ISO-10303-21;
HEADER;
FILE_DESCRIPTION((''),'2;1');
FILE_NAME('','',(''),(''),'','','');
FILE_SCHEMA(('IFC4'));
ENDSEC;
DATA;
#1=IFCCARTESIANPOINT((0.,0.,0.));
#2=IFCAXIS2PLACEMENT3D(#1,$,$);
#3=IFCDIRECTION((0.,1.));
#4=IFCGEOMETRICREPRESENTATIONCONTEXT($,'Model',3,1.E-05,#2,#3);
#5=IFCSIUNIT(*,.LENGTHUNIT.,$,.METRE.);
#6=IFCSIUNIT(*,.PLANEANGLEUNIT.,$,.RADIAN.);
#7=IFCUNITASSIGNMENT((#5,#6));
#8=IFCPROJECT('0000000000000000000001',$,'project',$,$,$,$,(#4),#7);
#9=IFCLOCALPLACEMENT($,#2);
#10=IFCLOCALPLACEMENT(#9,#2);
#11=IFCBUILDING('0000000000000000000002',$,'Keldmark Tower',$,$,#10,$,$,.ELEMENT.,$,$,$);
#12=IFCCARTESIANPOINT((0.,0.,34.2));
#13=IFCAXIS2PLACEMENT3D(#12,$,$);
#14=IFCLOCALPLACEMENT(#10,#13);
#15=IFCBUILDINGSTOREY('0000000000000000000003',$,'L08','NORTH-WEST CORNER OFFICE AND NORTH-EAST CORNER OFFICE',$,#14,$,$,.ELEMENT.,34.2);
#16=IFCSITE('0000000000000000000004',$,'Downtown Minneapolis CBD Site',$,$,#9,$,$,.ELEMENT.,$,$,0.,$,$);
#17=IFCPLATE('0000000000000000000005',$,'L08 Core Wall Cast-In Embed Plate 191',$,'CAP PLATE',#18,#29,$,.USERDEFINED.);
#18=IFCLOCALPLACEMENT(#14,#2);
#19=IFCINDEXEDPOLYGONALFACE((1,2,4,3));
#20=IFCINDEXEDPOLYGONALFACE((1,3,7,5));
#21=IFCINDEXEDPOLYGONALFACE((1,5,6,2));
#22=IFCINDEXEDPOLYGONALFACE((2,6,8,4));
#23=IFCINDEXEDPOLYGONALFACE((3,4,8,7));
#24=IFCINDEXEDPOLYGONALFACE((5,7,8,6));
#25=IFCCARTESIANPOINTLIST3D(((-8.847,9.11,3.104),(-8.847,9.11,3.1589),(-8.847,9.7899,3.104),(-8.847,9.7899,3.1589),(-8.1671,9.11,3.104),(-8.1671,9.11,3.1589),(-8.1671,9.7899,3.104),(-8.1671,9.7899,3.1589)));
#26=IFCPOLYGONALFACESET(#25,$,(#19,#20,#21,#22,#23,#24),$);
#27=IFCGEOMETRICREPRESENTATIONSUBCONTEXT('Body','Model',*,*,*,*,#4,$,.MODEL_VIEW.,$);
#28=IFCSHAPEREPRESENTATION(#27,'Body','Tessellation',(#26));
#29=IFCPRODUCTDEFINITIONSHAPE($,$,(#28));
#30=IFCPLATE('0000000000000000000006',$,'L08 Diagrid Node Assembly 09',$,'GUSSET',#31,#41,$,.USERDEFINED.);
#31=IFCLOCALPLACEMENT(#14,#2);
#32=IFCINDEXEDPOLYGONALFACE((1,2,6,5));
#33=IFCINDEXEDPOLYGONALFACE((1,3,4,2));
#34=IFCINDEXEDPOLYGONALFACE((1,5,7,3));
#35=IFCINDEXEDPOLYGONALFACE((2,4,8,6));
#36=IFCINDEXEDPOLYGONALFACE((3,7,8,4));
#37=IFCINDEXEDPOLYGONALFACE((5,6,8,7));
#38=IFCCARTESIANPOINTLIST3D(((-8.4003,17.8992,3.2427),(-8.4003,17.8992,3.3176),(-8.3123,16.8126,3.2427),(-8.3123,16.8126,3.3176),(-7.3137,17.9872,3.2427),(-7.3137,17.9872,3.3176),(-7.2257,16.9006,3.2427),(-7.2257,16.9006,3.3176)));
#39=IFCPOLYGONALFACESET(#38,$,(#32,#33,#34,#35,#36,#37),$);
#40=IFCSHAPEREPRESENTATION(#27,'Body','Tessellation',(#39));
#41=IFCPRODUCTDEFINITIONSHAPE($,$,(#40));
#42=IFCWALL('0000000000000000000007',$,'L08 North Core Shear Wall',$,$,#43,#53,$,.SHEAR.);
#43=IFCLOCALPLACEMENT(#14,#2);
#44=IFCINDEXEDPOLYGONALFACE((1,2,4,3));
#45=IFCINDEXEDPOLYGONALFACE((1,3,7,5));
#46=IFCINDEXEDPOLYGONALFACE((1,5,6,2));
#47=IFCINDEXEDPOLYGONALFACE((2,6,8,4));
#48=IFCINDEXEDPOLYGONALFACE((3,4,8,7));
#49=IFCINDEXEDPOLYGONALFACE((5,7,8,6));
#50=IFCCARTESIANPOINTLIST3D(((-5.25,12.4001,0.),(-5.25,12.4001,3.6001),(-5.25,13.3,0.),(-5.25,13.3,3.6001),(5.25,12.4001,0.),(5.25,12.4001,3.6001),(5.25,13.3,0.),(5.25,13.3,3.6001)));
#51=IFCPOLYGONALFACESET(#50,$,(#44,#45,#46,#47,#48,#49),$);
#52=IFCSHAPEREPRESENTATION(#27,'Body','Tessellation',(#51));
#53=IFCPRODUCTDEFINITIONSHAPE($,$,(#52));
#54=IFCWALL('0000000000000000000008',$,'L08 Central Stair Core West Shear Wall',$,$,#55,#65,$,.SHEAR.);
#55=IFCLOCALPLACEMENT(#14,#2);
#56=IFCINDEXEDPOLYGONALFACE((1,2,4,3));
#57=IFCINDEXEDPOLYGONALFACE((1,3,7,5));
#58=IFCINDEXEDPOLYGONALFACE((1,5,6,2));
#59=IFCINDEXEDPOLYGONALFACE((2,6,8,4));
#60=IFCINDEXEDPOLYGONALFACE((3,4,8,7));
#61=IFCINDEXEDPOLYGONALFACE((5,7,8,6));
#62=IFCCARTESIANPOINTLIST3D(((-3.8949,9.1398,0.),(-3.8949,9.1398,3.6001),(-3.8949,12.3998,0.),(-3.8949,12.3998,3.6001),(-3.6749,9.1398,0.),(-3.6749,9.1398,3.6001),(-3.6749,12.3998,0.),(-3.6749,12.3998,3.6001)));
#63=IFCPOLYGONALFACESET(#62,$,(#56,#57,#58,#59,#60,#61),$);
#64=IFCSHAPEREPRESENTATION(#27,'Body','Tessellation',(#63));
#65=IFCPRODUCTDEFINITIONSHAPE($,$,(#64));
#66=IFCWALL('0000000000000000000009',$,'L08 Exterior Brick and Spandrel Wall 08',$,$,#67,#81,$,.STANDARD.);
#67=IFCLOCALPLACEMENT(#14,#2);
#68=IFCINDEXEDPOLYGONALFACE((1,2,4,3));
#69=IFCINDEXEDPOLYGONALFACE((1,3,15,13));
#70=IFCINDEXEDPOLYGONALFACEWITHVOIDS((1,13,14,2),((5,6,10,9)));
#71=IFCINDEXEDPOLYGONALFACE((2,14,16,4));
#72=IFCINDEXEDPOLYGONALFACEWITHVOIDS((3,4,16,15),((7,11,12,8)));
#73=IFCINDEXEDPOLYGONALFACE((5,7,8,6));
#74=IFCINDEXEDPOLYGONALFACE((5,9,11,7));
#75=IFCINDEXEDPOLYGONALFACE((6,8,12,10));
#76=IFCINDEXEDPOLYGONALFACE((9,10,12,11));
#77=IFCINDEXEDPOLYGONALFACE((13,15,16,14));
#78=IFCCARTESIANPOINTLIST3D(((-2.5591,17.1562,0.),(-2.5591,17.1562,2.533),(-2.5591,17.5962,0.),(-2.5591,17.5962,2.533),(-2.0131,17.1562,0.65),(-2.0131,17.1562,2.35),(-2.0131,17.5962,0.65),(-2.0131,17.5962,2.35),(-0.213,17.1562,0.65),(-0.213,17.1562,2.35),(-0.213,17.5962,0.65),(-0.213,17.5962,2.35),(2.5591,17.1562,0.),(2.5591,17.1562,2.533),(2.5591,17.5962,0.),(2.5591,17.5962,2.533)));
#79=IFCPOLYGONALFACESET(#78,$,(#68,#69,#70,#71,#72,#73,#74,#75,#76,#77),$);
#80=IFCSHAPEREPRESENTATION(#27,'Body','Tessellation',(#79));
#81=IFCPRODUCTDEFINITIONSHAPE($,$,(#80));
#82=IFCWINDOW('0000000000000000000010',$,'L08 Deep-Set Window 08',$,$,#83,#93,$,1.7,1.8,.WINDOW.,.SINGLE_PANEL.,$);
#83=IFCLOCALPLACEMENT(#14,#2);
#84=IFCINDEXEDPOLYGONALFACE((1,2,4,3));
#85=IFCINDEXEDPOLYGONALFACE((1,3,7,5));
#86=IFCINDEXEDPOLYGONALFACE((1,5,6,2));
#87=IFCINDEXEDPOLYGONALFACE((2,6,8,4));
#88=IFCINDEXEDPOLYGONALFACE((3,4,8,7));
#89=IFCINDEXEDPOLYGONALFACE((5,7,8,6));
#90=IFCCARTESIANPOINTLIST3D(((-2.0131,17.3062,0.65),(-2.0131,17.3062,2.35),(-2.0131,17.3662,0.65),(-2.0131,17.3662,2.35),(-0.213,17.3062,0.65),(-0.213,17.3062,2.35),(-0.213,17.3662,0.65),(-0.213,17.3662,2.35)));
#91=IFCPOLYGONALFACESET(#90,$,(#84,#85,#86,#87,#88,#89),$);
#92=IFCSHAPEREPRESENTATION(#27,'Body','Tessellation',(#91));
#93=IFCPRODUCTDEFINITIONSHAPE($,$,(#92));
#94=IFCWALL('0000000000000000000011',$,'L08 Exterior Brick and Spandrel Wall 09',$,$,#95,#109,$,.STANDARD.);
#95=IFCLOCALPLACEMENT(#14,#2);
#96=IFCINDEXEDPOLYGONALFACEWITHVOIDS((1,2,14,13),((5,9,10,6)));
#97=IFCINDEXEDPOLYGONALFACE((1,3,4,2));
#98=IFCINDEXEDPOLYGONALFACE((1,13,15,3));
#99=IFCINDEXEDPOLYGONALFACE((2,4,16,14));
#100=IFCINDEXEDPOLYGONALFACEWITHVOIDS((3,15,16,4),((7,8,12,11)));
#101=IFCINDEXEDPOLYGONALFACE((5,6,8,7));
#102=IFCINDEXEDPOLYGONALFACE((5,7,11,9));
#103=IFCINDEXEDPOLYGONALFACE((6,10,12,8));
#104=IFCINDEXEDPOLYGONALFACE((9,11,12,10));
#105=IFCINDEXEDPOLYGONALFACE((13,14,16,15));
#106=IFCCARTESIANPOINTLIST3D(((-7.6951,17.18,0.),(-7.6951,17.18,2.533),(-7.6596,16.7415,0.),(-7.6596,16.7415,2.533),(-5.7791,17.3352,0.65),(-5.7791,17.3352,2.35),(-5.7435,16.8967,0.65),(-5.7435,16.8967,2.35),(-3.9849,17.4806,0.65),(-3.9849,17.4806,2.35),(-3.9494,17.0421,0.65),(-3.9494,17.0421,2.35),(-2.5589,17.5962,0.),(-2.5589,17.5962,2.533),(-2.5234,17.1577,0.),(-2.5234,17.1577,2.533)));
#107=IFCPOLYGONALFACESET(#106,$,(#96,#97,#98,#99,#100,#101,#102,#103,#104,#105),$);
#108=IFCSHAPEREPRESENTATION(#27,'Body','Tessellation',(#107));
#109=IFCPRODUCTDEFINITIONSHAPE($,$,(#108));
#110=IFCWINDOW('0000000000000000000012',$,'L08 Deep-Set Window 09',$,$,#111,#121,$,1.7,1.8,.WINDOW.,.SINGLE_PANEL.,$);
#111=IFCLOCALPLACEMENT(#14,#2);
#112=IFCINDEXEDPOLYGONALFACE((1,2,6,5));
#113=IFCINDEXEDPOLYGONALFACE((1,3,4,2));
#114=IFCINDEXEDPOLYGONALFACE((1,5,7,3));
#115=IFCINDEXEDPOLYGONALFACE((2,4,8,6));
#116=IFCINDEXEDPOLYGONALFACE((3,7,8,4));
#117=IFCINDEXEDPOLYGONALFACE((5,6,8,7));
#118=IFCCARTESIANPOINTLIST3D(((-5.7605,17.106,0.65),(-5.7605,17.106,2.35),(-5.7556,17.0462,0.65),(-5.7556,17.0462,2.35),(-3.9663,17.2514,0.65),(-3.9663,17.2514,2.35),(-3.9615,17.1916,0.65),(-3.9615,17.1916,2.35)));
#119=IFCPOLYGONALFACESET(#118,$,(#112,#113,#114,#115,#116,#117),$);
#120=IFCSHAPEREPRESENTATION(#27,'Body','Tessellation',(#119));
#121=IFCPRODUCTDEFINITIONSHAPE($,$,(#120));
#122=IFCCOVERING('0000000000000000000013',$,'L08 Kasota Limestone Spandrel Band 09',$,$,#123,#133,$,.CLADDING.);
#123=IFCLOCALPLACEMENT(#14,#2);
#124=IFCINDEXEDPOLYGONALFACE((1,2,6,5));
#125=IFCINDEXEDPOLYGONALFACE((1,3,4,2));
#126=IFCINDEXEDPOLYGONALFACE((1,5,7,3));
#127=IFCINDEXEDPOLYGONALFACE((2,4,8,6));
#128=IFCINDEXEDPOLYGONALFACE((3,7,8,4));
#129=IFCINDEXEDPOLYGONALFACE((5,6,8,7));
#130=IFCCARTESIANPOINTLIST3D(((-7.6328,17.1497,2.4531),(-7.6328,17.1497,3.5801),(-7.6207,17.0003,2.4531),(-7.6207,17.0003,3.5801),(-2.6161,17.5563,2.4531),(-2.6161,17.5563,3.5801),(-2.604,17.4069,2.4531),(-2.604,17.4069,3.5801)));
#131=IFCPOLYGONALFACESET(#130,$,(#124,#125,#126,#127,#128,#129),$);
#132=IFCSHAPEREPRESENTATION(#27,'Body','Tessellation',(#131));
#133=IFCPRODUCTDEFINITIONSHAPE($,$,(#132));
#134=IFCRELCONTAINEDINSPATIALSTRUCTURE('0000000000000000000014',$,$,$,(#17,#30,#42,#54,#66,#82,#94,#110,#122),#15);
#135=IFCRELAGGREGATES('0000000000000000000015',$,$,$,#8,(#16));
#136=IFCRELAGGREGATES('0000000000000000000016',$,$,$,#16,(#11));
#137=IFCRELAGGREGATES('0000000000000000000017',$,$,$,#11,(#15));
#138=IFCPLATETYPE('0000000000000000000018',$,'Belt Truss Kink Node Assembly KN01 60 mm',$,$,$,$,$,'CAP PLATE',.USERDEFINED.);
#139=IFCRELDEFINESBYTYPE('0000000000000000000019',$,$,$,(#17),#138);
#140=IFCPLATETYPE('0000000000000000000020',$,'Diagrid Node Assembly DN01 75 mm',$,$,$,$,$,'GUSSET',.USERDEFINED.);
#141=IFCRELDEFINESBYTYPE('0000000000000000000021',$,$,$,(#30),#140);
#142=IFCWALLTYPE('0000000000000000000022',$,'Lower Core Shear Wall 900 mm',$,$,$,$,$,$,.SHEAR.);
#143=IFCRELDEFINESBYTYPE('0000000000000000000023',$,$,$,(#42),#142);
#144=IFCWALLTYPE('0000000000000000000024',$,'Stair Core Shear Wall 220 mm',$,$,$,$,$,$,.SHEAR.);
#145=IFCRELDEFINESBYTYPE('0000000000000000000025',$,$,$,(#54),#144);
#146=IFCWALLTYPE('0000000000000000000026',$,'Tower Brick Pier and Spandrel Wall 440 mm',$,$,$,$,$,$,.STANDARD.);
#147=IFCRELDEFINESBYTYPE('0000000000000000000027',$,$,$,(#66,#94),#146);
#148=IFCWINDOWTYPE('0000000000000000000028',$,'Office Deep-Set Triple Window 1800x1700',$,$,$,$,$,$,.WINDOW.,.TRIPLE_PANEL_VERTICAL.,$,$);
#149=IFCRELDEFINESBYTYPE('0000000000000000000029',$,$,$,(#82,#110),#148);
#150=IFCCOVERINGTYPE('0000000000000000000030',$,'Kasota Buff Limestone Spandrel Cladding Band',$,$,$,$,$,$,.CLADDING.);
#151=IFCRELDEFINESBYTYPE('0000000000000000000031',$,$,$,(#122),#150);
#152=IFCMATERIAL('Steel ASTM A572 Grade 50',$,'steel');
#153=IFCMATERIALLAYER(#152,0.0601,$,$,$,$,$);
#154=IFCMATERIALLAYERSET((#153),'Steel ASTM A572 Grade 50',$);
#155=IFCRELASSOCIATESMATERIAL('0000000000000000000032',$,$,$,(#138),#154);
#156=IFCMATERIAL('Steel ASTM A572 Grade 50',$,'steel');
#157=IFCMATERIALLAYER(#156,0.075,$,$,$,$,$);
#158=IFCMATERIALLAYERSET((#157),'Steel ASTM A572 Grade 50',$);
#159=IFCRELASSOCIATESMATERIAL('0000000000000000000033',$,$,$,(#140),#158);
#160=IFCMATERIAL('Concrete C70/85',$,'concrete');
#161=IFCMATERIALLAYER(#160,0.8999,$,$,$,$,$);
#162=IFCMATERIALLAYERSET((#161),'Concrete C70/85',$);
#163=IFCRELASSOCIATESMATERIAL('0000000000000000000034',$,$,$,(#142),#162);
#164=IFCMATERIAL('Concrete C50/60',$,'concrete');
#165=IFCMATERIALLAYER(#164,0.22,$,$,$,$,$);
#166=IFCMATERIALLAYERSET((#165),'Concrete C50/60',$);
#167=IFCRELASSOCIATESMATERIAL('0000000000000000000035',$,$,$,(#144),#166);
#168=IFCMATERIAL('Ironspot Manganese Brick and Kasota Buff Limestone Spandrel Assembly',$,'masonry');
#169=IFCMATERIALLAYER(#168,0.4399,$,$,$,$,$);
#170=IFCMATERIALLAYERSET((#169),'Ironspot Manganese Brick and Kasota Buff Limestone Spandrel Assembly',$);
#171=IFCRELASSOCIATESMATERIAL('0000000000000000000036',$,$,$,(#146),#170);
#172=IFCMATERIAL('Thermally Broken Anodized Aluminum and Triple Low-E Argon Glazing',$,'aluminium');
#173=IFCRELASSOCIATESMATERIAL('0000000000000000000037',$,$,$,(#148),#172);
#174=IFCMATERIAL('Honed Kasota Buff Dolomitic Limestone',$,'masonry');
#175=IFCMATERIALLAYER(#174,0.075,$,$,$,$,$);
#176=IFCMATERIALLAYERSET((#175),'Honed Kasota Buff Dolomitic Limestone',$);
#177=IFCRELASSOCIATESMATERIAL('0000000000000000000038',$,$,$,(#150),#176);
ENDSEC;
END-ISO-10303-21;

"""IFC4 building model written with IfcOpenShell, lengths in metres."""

from ifc_helpers import new_model, si_unit, direction, frame, frame_2d, origin, origin_2d, place, context, subcontext, project, spatial, rectangle, extrude, material, layer, layer_set, type_object, element, fill, save


model = new_model("IFC4")

# Units and contexts
model_context = context("Model", 3, precision=1e-05, world=origin(), true_north=direction((0.0, 1.0)))
body_context = subcontext(model_context, "Body", "Model", "MODEL_VIEW")
ifc_project = project(units=[si_unit("LENGTHUNIT", "METRE"), si_unit("PLANEANGLEUNIT", "RADIAN")], contexts=[model_context])

# Site, building, storey
site_placement = place(None, origin())
site = spatial("IfcSite", under=ifc_project, at=site_placement, Name="Downtown Minneapolis CBD Site", CompositionType="ELEMENT", RefElevation=0.0)
building_placement = place(site_placement, origin())
building = spatial("IfcBuilding", under=site, at=building_placement, Name="Keldmark Tower", CompositionType="ELEMENT")
storey_placement = place(building_placement, frame((0.0, 0.0, 34.2)))
storey = spatial("IfcBuildingStorey", under=building, at=storey_placement, Name="L08", Description="NORTH-WEST CORNER OFFICE AND NORTH-EAST CORNER OFFICE", CompositionType="ELEMENT", Elevation=34.2)

# Plates
ifc_material_1 = material(Name="Steel ASTM A572 Grade 50", Category="steel")
ifc_layer_1 = layer(ifc_material_1, 0.0601)
ifc_layer_set_1 = layer_set([ifc_layer_1], Name="Steel ASTM A572 Grade 50")
plate_type_1 = type_object("IfcPlateType", Name="Belt Truss Kink Node Assembly KN01 60 mm", ElementType="CAP PLATE", PredefinedType="USERDEFINED", material=ifc_layer_set_1)
for number, where, z_axis, x_axis, name in (
    (1, (-8.5071, 9.45, 3.104), (0.0, 0.0, 1.0), (1.0, 0.0, 0.0), "L08 Core Wall Cast-In Embed Plate 191"),
):
    element("IfcPlate", number, at=place(storey_placement, frame(where, z_axis=z_axis, x_axis=x_axis)), inside=storey, type_object=plate_type_1, Name=name, ObjectType="CAP PLATE", PredefinedType="USERDEFINED", context=body_context, shape_type="SweptSolid", body=[
        extrude(rectangle(XDim=0.6799, YDim=0.6799, at=origin_2d()), origin(), (0.0, 0.0, 1.0), 0.0549),
    ])
ifc_material_2 = material(Name="Steel ASTM A572 Grade 50", Category="steel")
ifc_layer_2 = layer(ifc_material_2, 0.075)
ifc_layer_set_2 = layer_set([ifc_layer_2], Name="Steel ASTM A572 Grade 50")
plate_type_2 = type_object("IfcPlateType", Name="Diagrid Node Assembly DN01 75 mm", ElementType="GUSSET", PredefinedType="USERDEFINED", material=ifc_layer_set_2)
plate_placement = place(storey_placement, frame((-7.813, 17.3999, 3.2427), z_axis=(0.0, 0.0, 1.0), x_axis=(-0.996737, -0.080721, 0.0)))
element("IfcPlate", 2, at=plate_placement, inside=storey, type_object=plate_type_2, Name="L08 Diagrid Node Assembly 09", ObjectType="GUSSET", PredefinedType="USERDEFINED", context=body_context, shape_type="SweptSolid", body=[
    extrude(rectangle(XDim=1.0901, YDim=1.0901, at=origin_2d()), origin(), (0.0, 0.0, 1.0), 0.075),
])

# Walls
ifc_material_3 = material(Name="Concrete C70/85", Category="concrete")
ifc_layer_3 = layer(ifc_material_3, 0.8999)
ifc_layer_set_3 = layer_set([ifc_layer_3], Name="Concrete C70/85")
wall_type_1 = type_object("IfcWallType", Name="Lower Core Shear Wall 900 mm", PredefinedType="SHEAR", material=ifc_layer_set_3)
wall_1_placement = place(storey_placement, frame((-5.25, 12.8501, 0.0), z_axis=(0.0, 0.0, 1.0), x_axis=(1.0, 0.0, 0.0)))
element("IfcWall", 3, at=wall_1_placement, inside=storey, type_object=wall_type_1, Name="L08 North Core Shear Wall", PredefinedType="SHEAR", context=body_context, shape_type="SweptSolid", body=[
    extrude(rectangle(XDim=10.5, YDim=0.8999, at=frame_2d((5.25, 0.0))), origin(), (0.0, 0.0, 1.0), 3.6001),
])
ifc_material_4 = material(Name="Concrete C50/60", Category="concrete")
ifc_layer_4 = layer(ifc_material_4, 0.22)
ifc_layer_set_4 = layer_set([ifc_layer_4], Name="Concrete C50/60")
wall_type_2 = type_object("IfcWallType", Name="Stair Core Shear Wall 220 mm", PredefinedType="SHEAR", material=ifc_layer_set_4)
wall_2_placement = place(storey_placement, frame((-3.7849, 9.1399, 0.0), z_axis=(0.0, 0.0, 1.0), x_axis=(0.0, 1.0, 0.0)))
element("IfcWall", 4, at=wall_2_placement, inside=storey, type_object=wall_type_2, Name="L08 Central Stair Core West Shear Wall", PredefinedType="SHEAR", context=body_context, shape_type="SweptSolid", body=[
    extrude(rectangle(XDim=3.26, YDim=0.22, at=frame_2d((1.6299, 0.0))), origin(), (0.0, 0.0, 1.0), 3.6001),
])

# Walls, openings, windows
ifc_material_5 = material(Name="Ironspot Manganese Brick and Kasota Buff Limestone Spandrel Assembly", Category="masonry")
ifc_layer_5 = layer(ifc_material_5, 0.4399)
ifc_layer_set_5 = layer_set([ifc_layer_5], Name="Ironspot Manganese Brick and Kasota Buff Limestone Spandrel Assembly")
wall_type_3 = type_object("IfcWallType", Name="Tower Brick Pier and Spandrel Wall 440 mm", PredefinedType="STANDARD", material=ifc_layer_set_5)
wall_3_placement = place(storey_placement, frame((-2.5591, 17.3762, 0.0), z_axis=(0.0, 0.0, 1.0), x_axis=(1.0, 0.0, 0.0)))
wall_3 = element("IfcWall", 5, at=wall_3_placement, inside=storey, type_object=wall_type_3, Name="L08 Exterior Brick and Spandrel Wall 08", PredefinedType="STANDARD", context=body_context, shape_type="SweptSolid", body=[
    extrude(rectangle(XDim=5.1182, YDim=0.4399, at=frame_2d((2.5591, 0.0))), origin(), (0.0, 0.0, 1.0), 2.533),
])
opening_1_placement = place(wall_3_placement, frame((0.5461, 0.0, 0.6499)))
opening_1 = element("IfcOpeningElement", 6, at=opening_1_placement, cuts=wall_3, PredefinedType="OPENING", context=body_context, shape_type="SweptSolid", body=[
    extrude(rectangle(XDim=1.8, YDim=1.7, at=frame_2d((0.8999, 0.8501))), frame((0.0, 0.23, 0.0), z_axis=(0.0, -1.0, 0.0), x_axis=(1.0, 0.0, 0.0)), (0.0, 0.0, 1.0), 0.46),
])
ifc_material_6 = material(Name="Thermally Broken Anodized Aluminum and Triple Low-E Argon Glazing", Category="aluminium")
window_type = type_object("IfcWindowType", Name="Office Deep-Set Triple Window 1800x1700", PartitioningType="TRIPLE_PANEL_VERTICAL", PredefinedType="WINDOW", material=ifc_material_6)
window_1_placement = place(opening_1_placement, origin())
window_1 = element("IfcWindow", 7, at=window_1_placement, inside=storey, type_object=window_type, Name="L08 Deep-Set Window 08", OverallHeight=1.7, OverallWidth=1.8, PartitioningType="SINGLE_PANEL", PredefinedType="WINDOW", context=body_context, shape_type="SweptSolid", body=[
    extrude(rectangle(XDim=1.8, YDim=1.7, at=frame_2d((0.8999, 0.8501))), frame((0.0, -0.01, 0.0), z_axis=(0.0, -1.0, 0.0), x_axis=(1.0, 0.0, 0.0)), (0.0, 0.0, 1.0), 0.0601),
])
fill(opening_1, window_1)
wall_4_placement = place(storey_placement, frame((-7.6775, 16.9607, 0.0), z_axis=(0.0, 0.0, 1.0), x_axis=(0.996732, 0.080779, 0.0)))
wall_4 = element("IfcWall", 8, at=wall_4_placement, inside=storey, type_object=wall_type_3, Name="L08 Exterior Brick and Spandrel Wall 09", PredefinedType="STANDARD", context=body_context, shape_type="SweptSolid", body=[
    extrude(rectangle(XDim=5.1531, YDim=0.4399, at=frame_2d((2.5767, 0.0))), origin(), (0.0, 0.0, 1.0), 2.533),
])
opening_2_placement = place(wall_4_placement, frame((1.9226, 0.0, 0.6499)))
opening_2 = element("IfcOpeningElement", 9, at=opening_2_placement, cuts=wall_4, PredefinedType="OPENING", context=body_context, shape_type="SweptSolid", body=[
    extrude(rectangle(XDim=1.8, YDim=1.7, at=frame_2d((0.8999, 0.8501))), frame((0.0, 0.23, 0.0), z_axis=(0.0, -1.0, 0.0), x_axis=(1.0, 0.0, 0.0)), (0.0, 0.0, 1.0), 0.46),
])
window_2_placement = place(opening_2_placement, origin())
window_2 = element("IfcWindow", 10, at=window_2_placement, inside=storey, type_object=window_type, Name="L08 Deep-Set Window 09", OverallHeight=1.7, OverallWidth=1.8, PartitioningType="SINGLE_PANEL", PredefinedType="WINDOW", context=body_context, shape_type="SweptSolid", body=[
    extrude(rectangle(XDim=1.8, YDim=1.7, at=frame_2d((0.8999, 0.8501))), frame((0.0, -0.01, 0.0), z_axis=(0.0, -1.0, 0.0), x_axis=(1.0, 0.0, 0.0)), (0.0, 0.0, 1.0), 0.0601),
])
fill(opening_2, window_2)

# Covering
ifc_material_7 = material(Name="Honed Kasota Buff Dolomitic Limestone", Category="masonry")
ifc_layer_6 = layer(ifc_material_7, 0.075)
ifc_layer_set_6 = layer_set([ifc_layer_6], Name="Honed Kasota Buff Dolomitic Limestone")
covering_type = type_object("IfcCoveringType", Name="Kasota Buff Limestone Spandrel Cladding Band", PredefinedType="CLADDING", material=ifc_layer_set_6)
covering_placement = place(storey_placement, frame((-5.1184, 17.2783, 2.4531), z_axis=(0.0, 0.0, 1.0), x_axis=(-0.996731, -0.08079, 0.0)))
element("IfcCovering", 11, at=covering_placement, inside=storey, type_object=covering_type, Name="L08 Kasota Limestone Spandrel Band 09", PredefinedType="CLADDING", context=body_context, shape_type="SweptSolid", body=[
    extrude(rectangle(XDim=5.0332, YDim=0.1499, at=origin_2d()), origin(), (0.0, 0.0, 1.0), 1.127),
])

save(model, "model.ifc")
